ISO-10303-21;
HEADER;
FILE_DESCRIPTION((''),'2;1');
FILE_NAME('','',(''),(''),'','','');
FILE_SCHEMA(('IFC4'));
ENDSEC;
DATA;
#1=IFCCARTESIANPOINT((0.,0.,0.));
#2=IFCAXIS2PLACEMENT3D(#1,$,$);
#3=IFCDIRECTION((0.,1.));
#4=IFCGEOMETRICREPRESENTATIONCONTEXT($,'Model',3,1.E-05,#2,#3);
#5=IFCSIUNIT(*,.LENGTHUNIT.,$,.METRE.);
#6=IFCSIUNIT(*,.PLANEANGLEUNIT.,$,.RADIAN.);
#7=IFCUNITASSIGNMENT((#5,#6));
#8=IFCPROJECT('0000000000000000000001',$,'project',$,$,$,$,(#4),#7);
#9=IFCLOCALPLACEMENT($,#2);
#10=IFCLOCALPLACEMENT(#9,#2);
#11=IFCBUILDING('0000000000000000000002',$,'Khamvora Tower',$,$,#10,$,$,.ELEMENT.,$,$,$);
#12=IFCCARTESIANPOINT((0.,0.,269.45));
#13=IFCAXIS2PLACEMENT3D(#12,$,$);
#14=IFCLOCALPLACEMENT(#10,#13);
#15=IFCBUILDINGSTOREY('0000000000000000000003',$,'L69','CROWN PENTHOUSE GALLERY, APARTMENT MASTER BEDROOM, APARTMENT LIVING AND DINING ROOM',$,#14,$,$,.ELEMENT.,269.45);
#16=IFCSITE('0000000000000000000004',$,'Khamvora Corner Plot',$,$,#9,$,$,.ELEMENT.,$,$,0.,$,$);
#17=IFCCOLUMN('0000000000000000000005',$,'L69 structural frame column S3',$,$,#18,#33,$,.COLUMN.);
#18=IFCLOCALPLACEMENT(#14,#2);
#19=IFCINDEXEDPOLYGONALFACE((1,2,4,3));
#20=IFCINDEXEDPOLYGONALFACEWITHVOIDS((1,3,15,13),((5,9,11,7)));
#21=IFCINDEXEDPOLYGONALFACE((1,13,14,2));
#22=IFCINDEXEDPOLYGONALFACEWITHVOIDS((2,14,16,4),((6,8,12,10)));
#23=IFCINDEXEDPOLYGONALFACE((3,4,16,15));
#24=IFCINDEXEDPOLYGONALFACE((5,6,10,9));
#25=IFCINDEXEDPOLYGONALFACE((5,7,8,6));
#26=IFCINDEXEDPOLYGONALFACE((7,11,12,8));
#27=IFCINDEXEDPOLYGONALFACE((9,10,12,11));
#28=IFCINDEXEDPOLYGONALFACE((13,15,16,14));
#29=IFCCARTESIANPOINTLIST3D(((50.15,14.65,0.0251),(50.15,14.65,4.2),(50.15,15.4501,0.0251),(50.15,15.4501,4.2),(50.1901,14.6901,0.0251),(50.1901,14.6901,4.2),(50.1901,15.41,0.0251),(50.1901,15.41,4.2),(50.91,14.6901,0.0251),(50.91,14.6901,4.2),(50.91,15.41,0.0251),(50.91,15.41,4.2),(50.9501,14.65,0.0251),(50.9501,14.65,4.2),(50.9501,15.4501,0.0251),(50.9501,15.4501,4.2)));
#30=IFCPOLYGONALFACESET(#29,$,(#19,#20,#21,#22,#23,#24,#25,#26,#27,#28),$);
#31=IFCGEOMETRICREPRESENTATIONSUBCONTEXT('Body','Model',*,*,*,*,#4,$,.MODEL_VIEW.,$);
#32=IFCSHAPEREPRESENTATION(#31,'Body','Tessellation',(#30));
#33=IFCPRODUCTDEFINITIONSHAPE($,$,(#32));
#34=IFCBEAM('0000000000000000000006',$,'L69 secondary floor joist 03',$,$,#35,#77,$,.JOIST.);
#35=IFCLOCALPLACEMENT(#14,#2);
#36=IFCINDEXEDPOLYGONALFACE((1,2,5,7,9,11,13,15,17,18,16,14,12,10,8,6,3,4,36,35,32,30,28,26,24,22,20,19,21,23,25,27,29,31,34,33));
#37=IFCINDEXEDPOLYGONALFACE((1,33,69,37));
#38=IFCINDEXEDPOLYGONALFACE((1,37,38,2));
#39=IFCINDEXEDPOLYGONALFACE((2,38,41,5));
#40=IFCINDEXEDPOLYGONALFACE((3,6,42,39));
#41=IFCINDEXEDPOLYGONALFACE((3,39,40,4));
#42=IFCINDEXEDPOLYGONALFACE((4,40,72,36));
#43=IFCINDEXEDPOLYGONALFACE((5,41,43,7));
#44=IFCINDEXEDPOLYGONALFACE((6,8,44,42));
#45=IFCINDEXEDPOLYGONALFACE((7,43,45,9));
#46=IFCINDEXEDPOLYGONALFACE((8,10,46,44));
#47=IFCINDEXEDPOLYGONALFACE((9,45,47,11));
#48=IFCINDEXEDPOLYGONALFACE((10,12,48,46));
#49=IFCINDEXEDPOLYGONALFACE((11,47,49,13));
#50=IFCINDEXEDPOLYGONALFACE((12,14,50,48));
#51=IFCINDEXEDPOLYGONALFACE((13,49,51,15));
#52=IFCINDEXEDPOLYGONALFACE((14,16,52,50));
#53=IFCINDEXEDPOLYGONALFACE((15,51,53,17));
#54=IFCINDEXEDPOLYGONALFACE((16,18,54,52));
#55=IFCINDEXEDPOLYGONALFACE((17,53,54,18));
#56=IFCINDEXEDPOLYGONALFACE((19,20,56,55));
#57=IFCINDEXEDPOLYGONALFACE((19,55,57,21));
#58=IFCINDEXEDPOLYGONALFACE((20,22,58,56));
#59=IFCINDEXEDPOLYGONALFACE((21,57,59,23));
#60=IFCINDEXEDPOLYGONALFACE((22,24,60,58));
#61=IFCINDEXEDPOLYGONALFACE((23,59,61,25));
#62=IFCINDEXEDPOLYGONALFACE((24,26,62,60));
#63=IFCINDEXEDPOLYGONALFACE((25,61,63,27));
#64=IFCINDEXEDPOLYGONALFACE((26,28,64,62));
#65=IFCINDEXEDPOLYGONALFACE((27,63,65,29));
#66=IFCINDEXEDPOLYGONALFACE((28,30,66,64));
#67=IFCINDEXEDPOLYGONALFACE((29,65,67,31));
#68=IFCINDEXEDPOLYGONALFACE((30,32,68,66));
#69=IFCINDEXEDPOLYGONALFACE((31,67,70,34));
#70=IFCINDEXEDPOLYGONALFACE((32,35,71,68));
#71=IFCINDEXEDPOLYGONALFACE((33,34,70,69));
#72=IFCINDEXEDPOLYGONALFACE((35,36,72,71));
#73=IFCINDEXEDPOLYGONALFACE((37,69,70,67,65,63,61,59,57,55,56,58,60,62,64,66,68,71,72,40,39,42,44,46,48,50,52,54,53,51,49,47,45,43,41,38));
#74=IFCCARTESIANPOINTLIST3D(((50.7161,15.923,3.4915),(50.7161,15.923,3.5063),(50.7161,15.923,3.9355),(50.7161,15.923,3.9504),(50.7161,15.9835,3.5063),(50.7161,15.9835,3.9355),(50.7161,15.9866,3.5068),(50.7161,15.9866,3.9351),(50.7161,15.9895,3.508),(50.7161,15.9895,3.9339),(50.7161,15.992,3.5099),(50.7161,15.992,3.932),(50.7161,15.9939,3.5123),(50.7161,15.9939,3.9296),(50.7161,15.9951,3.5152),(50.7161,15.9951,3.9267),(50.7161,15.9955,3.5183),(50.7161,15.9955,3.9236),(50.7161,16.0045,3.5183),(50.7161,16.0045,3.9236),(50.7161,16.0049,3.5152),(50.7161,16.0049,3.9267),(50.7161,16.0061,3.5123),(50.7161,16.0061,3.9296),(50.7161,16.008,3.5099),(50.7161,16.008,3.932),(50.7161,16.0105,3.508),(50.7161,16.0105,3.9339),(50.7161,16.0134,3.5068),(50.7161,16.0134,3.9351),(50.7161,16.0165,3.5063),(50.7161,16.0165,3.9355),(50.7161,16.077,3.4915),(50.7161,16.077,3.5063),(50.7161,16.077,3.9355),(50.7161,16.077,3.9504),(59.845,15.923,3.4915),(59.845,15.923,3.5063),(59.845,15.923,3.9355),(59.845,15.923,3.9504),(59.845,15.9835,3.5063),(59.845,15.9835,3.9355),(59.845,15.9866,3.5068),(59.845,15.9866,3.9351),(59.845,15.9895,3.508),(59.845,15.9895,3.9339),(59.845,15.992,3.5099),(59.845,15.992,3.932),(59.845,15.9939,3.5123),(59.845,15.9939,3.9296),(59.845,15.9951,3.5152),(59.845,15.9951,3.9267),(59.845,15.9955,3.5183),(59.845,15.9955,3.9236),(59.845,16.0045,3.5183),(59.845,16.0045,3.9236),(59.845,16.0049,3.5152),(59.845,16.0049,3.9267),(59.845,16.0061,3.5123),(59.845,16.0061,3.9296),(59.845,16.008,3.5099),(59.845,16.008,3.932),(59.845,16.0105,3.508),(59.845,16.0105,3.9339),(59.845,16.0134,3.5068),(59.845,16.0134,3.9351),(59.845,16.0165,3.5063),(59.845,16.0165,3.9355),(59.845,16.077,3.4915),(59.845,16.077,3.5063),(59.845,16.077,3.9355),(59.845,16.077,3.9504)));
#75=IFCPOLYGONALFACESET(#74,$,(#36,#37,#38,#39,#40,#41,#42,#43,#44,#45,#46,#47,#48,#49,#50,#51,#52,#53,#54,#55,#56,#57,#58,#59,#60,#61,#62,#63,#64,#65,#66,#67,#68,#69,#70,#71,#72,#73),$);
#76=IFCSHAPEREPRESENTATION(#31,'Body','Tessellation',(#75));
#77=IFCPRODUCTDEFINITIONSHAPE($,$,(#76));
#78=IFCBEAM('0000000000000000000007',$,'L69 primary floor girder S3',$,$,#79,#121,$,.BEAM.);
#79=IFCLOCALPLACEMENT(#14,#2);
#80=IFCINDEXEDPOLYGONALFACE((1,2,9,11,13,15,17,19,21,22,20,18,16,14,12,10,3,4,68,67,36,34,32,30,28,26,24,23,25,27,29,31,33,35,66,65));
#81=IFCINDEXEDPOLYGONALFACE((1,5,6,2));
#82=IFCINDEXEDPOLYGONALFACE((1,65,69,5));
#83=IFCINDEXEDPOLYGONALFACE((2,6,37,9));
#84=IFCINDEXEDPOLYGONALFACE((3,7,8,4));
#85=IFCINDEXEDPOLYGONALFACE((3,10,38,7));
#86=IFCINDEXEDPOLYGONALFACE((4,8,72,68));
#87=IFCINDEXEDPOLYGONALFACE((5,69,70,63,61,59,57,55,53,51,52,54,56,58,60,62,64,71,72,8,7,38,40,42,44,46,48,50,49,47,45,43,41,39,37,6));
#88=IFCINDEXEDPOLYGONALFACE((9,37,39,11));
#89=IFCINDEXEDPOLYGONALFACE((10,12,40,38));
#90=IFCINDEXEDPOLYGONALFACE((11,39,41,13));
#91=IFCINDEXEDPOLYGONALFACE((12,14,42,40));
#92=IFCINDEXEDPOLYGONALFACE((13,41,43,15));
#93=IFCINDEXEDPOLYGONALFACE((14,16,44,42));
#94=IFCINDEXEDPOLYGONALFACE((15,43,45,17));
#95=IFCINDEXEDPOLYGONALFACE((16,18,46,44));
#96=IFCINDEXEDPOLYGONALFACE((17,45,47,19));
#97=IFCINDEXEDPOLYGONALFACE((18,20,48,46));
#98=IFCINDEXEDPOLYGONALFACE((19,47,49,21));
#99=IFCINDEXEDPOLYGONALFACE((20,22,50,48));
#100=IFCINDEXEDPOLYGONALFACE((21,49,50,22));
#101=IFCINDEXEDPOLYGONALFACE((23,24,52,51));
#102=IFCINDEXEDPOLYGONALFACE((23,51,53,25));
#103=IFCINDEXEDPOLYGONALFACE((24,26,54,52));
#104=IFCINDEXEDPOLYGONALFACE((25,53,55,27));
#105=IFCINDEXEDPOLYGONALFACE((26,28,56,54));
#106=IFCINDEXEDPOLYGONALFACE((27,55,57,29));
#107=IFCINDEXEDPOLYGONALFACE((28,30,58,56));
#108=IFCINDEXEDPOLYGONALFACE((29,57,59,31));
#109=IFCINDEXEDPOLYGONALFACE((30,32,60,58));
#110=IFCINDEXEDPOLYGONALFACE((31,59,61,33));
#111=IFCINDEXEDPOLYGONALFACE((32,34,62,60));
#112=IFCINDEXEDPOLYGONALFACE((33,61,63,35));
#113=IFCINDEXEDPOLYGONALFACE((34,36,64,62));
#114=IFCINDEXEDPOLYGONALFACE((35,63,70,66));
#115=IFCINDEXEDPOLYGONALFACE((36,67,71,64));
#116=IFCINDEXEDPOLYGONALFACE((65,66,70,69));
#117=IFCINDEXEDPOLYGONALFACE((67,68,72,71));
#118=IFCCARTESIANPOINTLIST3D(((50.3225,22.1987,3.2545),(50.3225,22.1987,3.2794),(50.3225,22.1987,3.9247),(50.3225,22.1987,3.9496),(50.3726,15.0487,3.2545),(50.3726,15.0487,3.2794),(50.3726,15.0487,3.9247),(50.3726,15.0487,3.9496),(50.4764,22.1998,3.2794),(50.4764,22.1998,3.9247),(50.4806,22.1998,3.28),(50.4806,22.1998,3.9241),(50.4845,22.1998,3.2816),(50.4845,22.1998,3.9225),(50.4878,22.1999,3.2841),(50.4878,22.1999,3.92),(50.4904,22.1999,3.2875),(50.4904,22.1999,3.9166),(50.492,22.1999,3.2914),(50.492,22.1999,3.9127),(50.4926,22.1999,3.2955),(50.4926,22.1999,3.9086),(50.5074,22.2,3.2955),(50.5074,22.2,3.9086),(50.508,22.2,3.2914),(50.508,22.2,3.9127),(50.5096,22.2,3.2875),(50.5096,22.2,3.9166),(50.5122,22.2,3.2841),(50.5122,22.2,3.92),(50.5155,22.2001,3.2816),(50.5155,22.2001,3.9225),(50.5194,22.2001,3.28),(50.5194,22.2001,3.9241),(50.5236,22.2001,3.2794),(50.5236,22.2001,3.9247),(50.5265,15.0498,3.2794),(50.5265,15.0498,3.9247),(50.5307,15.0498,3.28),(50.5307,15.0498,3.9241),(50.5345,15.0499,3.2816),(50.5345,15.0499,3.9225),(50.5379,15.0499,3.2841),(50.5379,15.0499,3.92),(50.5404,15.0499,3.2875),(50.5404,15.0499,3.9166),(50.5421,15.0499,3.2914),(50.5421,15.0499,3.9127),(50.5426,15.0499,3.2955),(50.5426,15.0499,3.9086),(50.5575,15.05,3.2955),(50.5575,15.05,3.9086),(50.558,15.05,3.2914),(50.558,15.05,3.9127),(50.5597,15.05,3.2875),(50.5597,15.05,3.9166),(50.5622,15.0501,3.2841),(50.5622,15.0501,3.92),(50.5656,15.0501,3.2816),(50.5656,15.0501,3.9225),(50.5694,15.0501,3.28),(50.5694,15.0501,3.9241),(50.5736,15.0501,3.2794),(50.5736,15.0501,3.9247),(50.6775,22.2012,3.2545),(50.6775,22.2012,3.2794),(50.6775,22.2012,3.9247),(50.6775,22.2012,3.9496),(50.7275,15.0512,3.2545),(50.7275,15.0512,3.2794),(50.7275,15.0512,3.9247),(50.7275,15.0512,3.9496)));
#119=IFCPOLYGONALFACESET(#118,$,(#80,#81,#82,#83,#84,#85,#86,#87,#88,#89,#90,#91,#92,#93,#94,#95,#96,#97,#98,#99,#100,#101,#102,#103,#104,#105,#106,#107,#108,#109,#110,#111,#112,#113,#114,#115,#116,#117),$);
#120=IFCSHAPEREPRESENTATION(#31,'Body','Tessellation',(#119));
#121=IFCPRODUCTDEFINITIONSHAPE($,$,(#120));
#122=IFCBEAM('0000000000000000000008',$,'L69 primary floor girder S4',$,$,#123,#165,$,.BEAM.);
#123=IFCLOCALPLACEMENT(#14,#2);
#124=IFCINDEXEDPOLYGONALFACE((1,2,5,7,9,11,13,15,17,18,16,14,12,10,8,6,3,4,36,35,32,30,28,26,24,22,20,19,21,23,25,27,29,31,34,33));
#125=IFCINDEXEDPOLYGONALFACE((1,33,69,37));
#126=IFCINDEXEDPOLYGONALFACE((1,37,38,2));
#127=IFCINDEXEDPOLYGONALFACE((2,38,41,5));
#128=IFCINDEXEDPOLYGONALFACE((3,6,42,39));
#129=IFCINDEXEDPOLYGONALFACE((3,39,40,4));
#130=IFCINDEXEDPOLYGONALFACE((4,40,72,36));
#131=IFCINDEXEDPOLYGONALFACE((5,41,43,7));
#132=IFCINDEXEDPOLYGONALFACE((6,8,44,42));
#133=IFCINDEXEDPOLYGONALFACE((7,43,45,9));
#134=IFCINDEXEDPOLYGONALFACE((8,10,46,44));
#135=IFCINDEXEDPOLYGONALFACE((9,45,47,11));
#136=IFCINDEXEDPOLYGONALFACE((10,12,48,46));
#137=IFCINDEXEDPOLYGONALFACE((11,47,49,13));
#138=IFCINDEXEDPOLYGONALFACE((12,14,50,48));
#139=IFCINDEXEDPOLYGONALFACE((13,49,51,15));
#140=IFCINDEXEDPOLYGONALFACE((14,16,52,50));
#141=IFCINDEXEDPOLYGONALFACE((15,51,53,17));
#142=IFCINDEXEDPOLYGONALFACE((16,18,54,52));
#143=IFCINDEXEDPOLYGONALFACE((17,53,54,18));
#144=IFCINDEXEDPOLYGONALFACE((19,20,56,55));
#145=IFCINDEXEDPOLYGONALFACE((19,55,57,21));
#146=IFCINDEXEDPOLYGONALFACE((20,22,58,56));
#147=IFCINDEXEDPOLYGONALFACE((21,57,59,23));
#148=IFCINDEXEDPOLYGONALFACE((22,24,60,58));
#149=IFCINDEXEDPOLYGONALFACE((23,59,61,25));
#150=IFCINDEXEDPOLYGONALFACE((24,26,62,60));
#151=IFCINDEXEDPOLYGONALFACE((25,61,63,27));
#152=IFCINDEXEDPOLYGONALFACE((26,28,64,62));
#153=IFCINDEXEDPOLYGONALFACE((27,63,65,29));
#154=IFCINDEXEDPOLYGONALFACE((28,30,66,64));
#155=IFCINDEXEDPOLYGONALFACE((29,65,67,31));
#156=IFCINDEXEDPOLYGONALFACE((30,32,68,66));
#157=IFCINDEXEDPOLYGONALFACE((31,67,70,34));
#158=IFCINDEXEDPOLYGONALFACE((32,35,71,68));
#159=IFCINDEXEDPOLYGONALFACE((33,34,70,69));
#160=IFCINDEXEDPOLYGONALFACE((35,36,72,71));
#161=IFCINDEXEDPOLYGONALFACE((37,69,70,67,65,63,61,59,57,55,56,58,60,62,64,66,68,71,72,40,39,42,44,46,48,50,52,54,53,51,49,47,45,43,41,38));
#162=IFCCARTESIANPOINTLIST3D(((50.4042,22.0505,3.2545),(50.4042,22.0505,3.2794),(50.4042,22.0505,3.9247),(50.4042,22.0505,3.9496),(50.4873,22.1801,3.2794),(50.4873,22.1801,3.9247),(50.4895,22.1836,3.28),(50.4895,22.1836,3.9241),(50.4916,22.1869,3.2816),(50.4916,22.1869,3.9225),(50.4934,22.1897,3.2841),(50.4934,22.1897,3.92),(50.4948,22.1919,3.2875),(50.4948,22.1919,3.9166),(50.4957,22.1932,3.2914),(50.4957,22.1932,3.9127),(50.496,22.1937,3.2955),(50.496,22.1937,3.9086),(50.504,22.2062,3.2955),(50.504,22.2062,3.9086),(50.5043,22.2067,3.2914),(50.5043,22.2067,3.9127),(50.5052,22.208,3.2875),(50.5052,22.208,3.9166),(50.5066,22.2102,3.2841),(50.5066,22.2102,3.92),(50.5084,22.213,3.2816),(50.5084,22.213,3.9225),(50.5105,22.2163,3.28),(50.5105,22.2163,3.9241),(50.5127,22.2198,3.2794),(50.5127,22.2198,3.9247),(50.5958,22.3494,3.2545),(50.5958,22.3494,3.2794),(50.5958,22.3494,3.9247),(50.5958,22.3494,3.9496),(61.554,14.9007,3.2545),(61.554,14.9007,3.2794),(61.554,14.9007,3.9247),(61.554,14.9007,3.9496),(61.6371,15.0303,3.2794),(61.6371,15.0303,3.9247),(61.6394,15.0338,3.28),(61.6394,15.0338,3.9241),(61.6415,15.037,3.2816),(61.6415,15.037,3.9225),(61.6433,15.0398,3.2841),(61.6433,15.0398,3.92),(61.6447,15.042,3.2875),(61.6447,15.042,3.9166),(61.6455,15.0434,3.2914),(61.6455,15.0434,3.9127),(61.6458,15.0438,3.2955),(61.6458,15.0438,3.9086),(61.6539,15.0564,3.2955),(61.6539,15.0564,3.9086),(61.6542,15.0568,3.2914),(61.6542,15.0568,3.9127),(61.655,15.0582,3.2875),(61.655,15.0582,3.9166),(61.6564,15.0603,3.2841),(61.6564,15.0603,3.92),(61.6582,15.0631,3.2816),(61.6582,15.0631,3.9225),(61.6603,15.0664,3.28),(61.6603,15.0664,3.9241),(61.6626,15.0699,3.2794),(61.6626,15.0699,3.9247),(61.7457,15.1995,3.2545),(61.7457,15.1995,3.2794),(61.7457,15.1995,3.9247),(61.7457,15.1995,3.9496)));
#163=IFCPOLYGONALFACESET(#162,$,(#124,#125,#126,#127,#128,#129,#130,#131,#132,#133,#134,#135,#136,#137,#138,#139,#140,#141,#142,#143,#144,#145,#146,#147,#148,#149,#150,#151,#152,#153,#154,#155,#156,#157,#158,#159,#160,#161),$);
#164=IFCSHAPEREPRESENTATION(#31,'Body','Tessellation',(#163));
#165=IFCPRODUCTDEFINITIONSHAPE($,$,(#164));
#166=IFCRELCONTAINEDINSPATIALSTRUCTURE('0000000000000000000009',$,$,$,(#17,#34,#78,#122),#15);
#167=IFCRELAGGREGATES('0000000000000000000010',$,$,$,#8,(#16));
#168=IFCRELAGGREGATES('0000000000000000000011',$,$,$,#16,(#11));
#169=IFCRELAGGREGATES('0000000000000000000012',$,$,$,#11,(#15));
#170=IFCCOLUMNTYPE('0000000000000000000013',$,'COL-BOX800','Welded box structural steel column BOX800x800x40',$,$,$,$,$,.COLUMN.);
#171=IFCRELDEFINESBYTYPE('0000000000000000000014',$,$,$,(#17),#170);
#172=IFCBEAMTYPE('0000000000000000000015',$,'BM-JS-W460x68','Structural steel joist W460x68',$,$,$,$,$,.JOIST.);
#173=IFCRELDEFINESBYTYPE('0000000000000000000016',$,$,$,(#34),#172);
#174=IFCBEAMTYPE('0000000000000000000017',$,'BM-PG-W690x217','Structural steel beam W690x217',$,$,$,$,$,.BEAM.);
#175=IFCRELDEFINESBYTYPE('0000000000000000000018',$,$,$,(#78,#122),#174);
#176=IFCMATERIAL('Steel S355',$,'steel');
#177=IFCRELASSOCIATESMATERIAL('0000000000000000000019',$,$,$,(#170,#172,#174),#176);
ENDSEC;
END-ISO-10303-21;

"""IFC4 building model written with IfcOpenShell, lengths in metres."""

from ifc_helpers import new_model, si_unit, direction, frame, origin, origin_2d, place, context, subcontext, project, spatial, hollow_rectangle, i_section, extrude, material, material_profile, profile_set, type_object, element, save


model = new_model("IFC4")

# Units and contexts
model_context = context("Model", 3, precision=1e-05, world=origin(), true_north=direction((0.0, 1.0)))
body_context = subcontext(model_context, "Body", "Model", "MODEL_VIEW")
ifc_project = project(units=[si_unit("LENGTHUNIT", "METRE"), si_unit("PLANEANGLEUNIT", "RADIAN")], contexts=[model_context])

# Site, building, storey
site_placement = place(None, origin())
site = spatial("IfcSite", under=ifc_project, at=site_placement, Name="Khamvora Corner Plot", CompositionType="ELEMENT", RefElevation=0.0)
building_placement = place(site_placement, origin())
building = spatial("IfcBuilding", under=site, at=building_placement, Name="Khamvora Tower", CompositionType="ELEMENT")
storey_placement = place(building_placement, frame((0.0, 0.0, 269.45)))
storey = spatial("IfcBuildingStorey", under=building, at=storey_placement, Name="L69", Description="CROWN PENTHOUSE GALLERY, APARTMENT MASTER BEDROOM, APARTMENT LIVING AND DINING ROOM", CompositionType="ELEMENT", Elevation=269.45)

# Column
ifc_material_1 = material(Name="Steel S355", Category="steel")
ifc_material_profile_1 = material_profile(ifc_material_1, hollow_rectangle(XDim=0.8, YDim=0.8, WallThickness=0.04, at=origin_2d()), Name="BOX800x800x40")
ifc_profile_set_1 = profile_set([ifc_material_profile_1], Name="Steel S355")
column_type = type_object("IfcColumnType", Name="COL-BOX800", Description="Welded box structural steel column BOX800x800x40", PredefinedType="COLUMN", material=ifc_profile_set_1)
column_placement = place(storey_placement, frame((50.55, 15.05, 0.0251), z_axis=(0.0, 0.0, 1.0), x_axis=(1.0, 0.0, 0.0)))
element("IfcColumn", 1, at=column_placement, inside=storey, type_object=column_type, Name="L69 structural frame column S3", PredefinedType="COLUMN", context=body_context, shape_type="SweptSolid", body=[
    extrude(hollow_rectangle(XDim=0.8, YDim=0.8, WallThickness=0.04, at=origin_2d()), origin(), (0.0, 0.0, 1.0), 4.1748),
])

# Beams
ifc_material_profile_2 = material_profile(ifc_material_1, i_section(OverallWidth=0.1541, OverallDepth=0.459, WebThickness=0.009, FlangeThickness=0.0149, FilletRadius=0.012, at=origin_2d()), Name="W460x68")
ifc_profile_set_2 = profile_set([ifc_material_profile_2], Name="Steel S355")
beam_type_1 = type_object("IfcBeamType", Name="BM-JS-W460x68", Description="Structural steel joist W460x68", PredefinedType="JOIST", material=ifc_profile_set_2)
beam_1_placement = place(storey_placement, frame((50.7161, 16.0, 3.7209), z_axis=(1.0, 0.0, 0.0), x_axis=(0.0, 1.0, 0.0)))
element("IfcBeam", 2, at=beam_1_placement, inside=storey, type_object=beam_type_1, Name="L69 secondary floor joist 03", PredefinedType="JOIST", context=body_context, shape_type="SweptSolid", body=[
    extrude(i_section(OverallWidth=0.1541, OverallDepth=0.459, WebThickness=0.009, FlangeThickness=0.0149, FilletRadius=0.012, at=origin_2d()), origin(), (0.0, 0.0, 1.0), 9.1289),
])
ifc_material_profile_3 = material_profile(ifc_material_1, i_section(OverallWidth=0.355, OverallDepth=0.6951, WebThickness=0.0149, FlangeThickness=0.0249, FilletRadius=0.0161, at=origin_2d()), Name="W690x217")
ifc_profile_set_3 = profile_set([ifc_material_profile_3], Name="Steel S355")
beam_type_2 = type_object("IfcBeamType", Name="BM-PG-W690x217", Description="Structural steel beam W690x217", PredefinedType="BEAM", material=ifc_profile_set_3)
beam_2_placement = place(storey_placement, frame((50.5, 22.2, 3.6021), z_axis=(0.007, -0.999976, 0.0), x_axis=(0.999976, 0.007, 0.0)))
element("IfcBeam", 3, at=beam_2_placement, inside=storey, type_object=beam_type_2, Name="L69 primary floor girder S3", PredefinedType="BEAM", context=body_context, shape_type="SweptSolid", body=[
    extrude(i_section(OverallWidth=0.355, OverallDepth=0.6951, WebThickness=0.0149, FlangeThickness=0.0249, FilletRadius=0.0161, at=origin_2d()), origin(), (0.0, 0.0, 1.0), 7.1501),
])
beam_3_placement = place(storey_placement, frame((50.5, 22.2, 3.6021), z_axis=(0.841792, -0.539801, 0.0), x_axis=(0.539801, 0.841792, 0.0)))
element("IfcBeam", 4, at=beam_3_placement, inside=storey, type_object=beam_type_2, Name="L69 primary floor girder S4", PredefinedType="BEAM", context=body_context, shape_type="SweptSolid", body=[
    extrude(i_section(OverallWidth=0.355, OverallDepth=0.6951, WebThickness=0.0149, FlangeThickness=0.0249, FilletRadius=0.0161, at=origin_2d()), origin(), (0.0, 0.0, 1.0), 13.2454),
])

save(model, "model.ifc")
